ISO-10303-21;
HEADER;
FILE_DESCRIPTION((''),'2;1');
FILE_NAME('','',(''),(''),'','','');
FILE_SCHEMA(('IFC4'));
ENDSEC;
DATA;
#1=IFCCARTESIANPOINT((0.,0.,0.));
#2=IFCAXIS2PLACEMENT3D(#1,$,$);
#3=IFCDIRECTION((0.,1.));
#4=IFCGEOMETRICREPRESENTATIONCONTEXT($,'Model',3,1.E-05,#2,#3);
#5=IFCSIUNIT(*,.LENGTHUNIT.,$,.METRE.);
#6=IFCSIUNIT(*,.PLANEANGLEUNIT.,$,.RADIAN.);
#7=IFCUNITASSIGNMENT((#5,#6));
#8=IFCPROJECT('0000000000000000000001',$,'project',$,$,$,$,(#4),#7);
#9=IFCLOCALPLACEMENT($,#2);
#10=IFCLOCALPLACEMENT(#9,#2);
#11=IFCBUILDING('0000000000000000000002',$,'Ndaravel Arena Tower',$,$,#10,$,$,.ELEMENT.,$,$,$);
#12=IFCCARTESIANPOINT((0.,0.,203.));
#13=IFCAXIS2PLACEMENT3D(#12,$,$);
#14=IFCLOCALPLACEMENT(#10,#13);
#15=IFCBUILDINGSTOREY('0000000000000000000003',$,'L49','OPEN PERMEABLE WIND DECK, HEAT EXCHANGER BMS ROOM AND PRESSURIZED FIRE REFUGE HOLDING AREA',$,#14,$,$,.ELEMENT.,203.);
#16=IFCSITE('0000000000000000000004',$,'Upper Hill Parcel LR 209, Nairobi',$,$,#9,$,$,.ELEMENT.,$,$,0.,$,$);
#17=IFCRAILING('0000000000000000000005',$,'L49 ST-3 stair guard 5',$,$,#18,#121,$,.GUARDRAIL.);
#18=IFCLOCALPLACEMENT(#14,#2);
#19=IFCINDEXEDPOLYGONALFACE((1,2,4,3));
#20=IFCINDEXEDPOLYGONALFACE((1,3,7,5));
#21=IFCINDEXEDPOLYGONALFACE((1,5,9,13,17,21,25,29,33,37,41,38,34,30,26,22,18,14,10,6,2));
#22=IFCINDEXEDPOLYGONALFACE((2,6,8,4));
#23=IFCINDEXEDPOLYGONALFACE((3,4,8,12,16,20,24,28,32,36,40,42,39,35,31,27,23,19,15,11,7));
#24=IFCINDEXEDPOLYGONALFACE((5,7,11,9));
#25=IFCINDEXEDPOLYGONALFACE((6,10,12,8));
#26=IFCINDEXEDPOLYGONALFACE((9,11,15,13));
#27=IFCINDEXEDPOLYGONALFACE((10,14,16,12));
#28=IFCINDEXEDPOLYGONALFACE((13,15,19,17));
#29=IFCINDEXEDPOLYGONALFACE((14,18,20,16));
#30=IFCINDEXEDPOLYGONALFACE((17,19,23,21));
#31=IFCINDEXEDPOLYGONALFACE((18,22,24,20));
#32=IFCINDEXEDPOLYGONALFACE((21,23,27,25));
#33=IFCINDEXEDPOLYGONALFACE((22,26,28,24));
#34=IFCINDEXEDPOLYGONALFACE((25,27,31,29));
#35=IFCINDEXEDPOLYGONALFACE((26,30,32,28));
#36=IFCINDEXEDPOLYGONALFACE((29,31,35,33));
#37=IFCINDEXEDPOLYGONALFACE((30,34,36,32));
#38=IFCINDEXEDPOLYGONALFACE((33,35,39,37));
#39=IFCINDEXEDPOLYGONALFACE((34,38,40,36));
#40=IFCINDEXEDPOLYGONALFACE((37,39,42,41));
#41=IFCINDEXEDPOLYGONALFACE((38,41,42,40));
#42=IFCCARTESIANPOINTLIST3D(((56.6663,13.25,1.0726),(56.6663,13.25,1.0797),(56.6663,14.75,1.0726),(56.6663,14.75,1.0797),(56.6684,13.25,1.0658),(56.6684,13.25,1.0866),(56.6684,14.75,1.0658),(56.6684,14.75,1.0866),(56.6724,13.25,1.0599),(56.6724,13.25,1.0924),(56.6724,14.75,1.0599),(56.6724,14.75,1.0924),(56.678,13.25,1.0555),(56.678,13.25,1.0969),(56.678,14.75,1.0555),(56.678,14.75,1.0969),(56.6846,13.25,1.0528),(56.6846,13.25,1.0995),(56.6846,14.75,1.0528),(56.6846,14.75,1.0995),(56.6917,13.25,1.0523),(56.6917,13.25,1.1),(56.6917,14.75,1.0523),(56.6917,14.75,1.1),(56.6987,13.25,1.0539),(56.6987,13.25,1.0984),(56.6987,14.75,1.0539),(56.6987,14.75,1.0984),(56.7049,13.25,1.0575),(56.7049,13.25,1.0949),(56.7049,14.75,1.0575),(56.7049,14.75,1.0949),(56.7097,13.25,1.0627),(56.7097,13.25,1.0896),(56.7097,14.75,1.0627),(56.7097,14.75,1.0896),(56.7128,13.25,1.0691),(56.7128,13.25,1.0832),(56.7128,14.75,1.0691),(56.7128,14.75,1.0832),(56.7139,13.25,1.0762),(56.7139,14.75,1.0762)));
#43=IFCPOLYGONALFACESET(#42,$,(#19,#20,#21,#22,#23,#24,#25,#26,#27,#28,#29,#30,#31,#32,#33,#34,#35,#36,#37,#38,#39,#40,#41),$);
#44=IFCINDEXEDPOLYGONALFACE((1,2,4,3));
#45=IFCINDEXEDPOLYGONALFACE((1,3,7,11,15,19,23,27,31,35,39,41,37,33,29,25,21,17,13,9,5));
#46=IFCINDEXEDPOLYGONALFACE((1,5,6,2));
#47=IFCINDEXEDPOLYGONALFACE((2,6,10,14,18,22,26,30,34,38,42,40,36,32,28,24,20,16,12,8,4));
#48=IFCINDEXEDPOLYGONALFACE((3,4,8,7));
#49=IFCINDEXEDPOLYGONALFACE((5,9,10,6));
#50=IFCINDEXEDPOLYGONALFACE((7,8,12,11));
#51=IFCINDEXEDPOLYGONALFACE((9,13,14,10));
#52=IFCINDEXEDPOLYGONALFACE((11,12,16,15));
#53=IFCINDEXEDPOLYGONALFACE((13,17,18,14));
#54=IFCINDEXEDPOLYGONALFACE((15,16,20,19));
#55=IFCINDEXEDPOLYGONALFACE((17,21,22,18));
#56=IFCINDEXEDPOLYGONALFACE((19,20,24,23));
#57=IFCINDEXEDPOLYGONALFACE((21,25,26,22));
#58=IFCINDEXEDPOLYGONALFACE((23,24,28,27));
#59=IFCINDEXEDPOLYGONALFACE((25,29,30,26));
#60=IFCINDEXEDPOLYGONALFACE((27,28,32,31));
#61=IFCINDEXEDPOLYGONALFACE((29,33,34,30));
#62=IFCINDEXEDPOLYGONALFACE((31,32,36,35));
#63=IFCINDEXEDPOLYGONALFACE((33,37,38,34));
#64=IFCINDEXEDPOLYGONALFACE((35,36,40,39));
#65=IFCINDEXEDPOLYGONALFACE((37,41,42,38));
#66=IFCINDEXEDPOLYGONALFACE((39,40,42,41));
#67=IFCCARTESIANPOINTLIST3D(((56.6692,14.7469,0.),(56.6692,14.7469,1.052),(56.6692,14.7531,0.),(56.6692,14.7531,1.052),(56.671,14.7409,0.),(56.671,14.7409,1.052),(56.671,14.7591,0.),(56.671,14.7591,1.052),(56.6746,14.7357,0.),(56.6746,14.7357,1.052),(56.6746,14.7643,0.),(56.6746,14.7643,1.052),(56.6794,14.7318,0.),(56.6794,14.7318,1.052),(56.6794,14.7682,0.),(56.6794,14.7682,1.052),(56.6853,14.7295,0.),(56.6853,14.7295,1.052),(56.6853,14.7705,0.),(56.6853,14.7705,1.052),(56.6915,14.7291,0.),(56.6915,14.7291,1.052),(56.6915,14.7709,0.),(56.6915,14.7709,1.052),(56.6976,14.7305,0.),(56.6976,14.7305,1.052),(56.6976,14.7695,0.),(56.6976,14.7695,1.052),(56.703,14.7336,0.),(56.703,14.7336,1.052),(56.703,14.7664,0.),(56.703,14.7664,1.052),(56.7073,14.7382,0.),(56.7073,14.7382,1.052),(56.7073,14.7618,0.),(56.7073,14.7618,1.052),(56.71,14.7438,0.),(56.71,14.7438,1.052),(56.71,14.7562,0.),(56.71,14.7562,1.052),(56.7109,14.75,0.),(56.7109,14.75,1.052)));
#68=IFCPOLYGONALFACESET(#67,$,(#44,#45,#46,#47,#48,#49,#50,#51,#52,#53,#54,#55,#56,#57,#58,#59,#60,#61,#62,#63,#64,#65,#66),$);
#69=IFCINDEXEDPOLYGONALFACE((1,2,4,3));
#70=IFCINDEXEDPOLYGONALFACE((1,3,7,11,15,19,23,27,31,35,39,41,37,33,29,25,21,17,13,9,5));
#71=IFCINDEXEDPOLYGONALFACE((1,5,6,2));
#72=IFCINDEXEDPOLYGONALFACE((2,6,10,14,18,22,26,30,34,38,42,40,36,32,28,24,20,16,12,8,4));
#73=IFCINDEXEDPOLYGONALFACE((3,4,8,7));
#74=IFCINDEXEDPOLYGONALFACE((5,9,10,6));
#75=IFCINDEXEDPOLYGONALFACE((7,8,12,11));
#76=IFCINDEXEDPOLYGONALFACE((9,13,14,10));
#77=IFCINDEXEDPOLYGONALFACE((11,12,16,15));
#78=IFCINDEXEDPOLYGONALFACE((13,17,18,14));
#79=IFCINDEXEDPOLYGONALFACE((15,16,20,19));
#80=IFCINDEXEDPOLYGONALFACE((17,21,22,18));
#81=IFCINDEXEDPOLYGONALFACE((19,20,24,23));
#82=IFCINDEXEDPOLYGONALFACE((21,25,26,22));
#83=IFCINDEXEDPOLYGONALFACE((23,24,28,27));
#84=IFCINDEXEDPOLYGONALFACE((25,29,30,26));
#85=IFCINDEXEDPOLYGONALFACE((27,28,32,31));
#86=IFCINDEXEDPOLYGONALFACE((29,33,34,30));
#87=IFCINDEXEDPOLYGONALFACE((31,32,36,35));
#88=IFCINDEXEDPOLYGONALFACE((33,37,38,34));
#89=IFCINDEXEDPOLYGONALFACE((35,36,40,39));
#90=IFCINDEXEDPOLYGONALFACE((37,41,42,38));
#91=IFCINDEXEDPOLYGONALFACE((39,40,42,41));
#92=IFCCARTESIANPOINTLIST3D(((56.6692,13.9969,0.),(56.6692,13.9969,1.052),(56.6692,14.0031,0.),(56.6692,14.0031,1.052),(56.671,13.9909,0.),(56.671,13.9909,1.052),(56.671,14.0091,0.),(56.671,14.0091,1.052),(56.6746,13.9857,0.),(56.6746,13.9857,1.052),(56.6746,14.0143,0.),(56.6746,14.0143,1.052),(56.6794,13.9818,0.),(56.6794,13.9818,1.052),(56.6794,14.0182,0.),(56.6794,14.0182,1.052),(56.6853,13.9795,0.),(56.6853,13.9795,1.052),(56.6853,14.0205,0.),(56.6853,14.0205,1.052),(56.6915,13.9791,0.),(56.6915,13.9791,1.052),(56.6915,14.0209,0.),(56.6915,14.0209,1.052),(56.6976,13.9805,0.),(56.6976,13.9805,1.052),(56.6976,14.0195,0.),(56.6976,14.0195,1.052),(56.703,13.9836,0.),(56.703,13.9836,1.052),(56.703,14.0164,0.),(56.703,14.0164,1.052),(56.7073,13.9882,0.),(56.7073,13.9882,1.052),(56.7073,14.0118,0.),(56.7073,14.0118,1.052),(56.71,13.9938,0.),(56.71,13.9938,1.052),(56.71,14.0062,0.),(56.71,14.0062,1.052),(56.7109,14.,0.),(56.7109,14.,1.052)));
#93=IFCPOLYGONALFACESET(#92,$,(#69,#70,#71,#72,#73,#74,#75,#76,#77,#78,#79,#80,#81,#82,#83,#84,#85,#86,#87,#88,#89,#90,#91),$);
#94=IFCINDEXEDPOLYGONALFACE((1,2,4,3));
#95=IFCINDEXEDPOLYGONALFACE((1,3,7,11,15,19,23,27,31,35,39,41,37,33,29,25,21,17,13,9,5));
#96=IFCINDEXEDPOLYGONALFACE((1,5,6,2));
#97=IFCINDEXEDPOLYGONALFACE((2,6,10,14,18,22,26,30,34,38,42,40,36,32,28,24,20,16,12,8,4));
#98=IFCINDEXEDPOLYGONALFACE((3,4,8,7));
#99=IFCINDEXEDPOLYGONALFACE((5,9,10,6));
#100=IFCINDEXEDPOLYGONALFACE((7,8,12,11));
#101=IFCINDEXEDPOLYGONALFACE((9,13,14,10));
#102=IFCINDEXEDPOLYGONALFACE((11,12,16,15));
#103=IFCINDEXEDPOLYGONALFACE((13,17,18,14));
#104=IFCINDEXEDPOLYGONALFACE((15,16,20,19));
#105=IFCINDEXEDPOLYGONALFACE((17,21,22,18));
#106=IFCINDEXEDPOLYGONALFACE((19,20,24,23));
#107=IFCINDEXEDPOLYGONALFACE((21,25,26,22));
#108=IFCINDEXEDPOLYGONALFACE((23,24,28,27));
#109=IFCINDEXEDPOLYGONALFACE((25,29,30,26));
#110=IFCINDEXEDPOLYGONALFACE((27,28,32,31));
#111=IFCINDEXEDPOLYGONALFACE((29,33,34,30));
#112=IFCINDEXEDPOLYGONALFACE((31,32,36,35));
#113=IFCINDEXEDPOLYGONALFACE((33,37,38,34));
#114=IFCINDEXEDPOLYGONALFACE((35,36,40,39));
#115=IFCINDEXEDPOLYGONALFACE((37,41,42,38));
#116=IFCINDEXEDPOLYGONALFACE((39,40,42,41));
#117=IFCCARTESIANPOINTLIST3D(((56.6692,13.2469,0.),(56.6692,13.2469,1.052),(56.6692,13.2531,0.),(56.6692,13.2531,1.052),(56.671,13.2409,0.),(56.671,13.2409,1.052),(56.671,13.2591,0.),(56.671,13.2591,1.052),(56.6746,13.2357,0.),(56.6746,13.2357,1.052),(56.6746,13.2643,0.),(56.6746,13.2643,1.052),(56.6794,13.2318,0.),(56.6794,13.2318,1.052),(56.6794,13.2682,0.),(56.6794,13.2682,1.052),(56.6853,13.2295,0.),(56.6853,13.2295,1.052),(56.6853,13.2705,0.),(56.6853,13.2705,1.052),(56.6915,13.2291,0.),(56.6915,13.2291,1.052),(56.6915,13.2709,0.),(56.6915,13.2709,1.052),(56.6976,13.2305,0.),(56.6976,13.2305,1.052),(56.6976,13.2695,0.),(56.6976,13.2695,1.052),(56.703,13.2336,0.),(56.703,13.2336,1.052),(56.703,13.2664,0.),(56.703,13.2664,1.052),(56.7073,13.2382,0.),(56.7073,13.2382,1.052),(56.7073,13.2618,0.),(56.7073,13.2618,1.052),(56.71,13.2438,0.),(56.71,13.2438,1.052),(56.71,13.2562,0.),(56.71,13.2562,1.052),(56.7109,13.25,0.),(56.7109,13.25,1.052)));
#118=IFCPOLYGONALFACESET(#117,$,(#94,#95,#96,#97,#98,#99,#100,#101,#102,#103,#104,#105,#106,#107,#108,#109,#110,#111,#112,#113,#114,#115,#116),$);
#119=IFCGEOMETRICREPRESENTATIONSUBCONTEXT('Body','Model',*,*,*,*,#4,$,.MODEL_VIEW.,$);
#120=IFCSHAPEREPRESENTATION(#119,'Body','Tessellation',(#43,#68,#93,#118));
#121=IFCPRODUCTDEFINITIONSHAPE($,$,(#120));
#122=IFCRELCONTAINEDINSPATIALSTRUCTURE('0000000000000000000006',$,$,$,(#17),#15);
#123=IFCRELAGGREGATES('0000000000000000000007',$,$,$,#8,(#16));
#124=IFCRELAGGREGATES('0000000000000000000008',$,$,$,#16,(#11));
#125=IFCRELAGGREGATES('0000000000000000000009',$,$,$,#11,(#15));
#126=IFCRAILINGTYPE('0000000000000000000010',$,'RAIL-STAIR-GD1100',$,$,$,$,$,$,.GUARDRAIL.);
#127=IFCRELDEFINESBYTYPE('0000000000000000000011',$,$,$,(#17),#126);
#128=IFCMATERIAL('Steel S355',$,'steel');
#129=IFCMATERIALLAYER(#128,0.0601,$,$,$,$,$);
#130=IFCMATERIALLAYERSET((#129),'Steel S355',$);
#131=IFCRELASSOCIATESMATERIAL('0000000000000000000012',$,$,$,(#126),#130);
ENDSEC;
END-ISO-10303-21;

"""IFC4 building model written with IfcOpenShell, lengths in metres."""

from ifc_helpers import new_model, si_unit, direction, frame, origin, origin_2d, place, context, subcontext, project, spatial, circle, extrude, material, layer, layer_set, type_object, element, save


model = new_model("IFC4")

# Units and contexts
model_context = context("Model", 3, precision=1e-05, world=origin(), true_north=direction((0.0, 1.0)))
body_context = subcontext(model_context, "Body", "Model", "MODEL_VIEW")
ifc_project = project(units=[si_unit("LENGTHUNIT", "METRE"), si_unit("PLANEANGLEUNIT", "RADIAN")], contexts=[model_context])

# Site, building, storey
site_placement = place(None, origin())
site = spatial("IfcSite", under=ifc_project, at=site_placement, Name="Upper Hill Parcel LR 209, Nairobi", CompositionType="ELEMENT", RefElevation=0.0)
building_placement = place(site_placement, origin())
building = spatial("IfcBuilding", under=site, at=building_placement, Name="Ndaravel Arena Tower", CompositionType="ELEMENT")
storey_placement = place(building_placement, frame((0.0, 0.0, 203.0)))
storey = spatial("IfcBuildingStorey", under=building, at=storey_placement, Name="L49", Description="OPEN PERMEABLE WIND DECK, HEAT EXCHANGER BMS ROOM AND PRESSURIZED FIRE REFUGE HOLDING AREA", CompositionType="ELEMENT", Elevation=203.0)

# Railing
ifc_material_1 = material(Name="Steel S355", Category="steel")
ifc_layer_1 = layer(ifc_material_1, 0.0601)
ifc_layer_set_1 = layer_set([ifc_layer_1], Name="Steel S355")
railing_type_1 = type_object("IfcRailingType", Name="RAIL-STAIR-GD1100", PredefinedType="GUARDRAIL", material=ifc_layer_set_1)
railing_1_placement = place(storey_placement, frame((56.6899, 14.75, 0.0)))
element("IfcRailing", 1, at=railing_1_placement, inside=storey, type_object=railing_type_1, Name="L49 ST-3 stair guard 5", PredefinedType="GUARDRAIL", context=body_context, shape_type="SweptSolid", body=[
    extrude(circle(Radius=0.0239, at=origin_2d()), frame((0.0, 0.0, 1.0762), z_axis=(0.0, -1.0, 0.0), x_axis=(1.0, 0.0, 0.0)), (0.0, 0.0, 1.0), 1.5),
    extrude(circle(Radius=0.021, at=origin_2d()), origin(), (0.0, 0.0, 1.0), 1.052),
    extrude(circle(Radius=0.021, at=origin_2d()), frame((0.0, -0.75, 0.0)), (0.0, 0.0, 1.0), 1.052),
    extrude(circle(Radius=0.021, at=origin_2d()), frame((0.0, -1.5, 0.0)), (0.0, 0.0, 1.0), 1.052),
])

save(model, "model.ifc")
